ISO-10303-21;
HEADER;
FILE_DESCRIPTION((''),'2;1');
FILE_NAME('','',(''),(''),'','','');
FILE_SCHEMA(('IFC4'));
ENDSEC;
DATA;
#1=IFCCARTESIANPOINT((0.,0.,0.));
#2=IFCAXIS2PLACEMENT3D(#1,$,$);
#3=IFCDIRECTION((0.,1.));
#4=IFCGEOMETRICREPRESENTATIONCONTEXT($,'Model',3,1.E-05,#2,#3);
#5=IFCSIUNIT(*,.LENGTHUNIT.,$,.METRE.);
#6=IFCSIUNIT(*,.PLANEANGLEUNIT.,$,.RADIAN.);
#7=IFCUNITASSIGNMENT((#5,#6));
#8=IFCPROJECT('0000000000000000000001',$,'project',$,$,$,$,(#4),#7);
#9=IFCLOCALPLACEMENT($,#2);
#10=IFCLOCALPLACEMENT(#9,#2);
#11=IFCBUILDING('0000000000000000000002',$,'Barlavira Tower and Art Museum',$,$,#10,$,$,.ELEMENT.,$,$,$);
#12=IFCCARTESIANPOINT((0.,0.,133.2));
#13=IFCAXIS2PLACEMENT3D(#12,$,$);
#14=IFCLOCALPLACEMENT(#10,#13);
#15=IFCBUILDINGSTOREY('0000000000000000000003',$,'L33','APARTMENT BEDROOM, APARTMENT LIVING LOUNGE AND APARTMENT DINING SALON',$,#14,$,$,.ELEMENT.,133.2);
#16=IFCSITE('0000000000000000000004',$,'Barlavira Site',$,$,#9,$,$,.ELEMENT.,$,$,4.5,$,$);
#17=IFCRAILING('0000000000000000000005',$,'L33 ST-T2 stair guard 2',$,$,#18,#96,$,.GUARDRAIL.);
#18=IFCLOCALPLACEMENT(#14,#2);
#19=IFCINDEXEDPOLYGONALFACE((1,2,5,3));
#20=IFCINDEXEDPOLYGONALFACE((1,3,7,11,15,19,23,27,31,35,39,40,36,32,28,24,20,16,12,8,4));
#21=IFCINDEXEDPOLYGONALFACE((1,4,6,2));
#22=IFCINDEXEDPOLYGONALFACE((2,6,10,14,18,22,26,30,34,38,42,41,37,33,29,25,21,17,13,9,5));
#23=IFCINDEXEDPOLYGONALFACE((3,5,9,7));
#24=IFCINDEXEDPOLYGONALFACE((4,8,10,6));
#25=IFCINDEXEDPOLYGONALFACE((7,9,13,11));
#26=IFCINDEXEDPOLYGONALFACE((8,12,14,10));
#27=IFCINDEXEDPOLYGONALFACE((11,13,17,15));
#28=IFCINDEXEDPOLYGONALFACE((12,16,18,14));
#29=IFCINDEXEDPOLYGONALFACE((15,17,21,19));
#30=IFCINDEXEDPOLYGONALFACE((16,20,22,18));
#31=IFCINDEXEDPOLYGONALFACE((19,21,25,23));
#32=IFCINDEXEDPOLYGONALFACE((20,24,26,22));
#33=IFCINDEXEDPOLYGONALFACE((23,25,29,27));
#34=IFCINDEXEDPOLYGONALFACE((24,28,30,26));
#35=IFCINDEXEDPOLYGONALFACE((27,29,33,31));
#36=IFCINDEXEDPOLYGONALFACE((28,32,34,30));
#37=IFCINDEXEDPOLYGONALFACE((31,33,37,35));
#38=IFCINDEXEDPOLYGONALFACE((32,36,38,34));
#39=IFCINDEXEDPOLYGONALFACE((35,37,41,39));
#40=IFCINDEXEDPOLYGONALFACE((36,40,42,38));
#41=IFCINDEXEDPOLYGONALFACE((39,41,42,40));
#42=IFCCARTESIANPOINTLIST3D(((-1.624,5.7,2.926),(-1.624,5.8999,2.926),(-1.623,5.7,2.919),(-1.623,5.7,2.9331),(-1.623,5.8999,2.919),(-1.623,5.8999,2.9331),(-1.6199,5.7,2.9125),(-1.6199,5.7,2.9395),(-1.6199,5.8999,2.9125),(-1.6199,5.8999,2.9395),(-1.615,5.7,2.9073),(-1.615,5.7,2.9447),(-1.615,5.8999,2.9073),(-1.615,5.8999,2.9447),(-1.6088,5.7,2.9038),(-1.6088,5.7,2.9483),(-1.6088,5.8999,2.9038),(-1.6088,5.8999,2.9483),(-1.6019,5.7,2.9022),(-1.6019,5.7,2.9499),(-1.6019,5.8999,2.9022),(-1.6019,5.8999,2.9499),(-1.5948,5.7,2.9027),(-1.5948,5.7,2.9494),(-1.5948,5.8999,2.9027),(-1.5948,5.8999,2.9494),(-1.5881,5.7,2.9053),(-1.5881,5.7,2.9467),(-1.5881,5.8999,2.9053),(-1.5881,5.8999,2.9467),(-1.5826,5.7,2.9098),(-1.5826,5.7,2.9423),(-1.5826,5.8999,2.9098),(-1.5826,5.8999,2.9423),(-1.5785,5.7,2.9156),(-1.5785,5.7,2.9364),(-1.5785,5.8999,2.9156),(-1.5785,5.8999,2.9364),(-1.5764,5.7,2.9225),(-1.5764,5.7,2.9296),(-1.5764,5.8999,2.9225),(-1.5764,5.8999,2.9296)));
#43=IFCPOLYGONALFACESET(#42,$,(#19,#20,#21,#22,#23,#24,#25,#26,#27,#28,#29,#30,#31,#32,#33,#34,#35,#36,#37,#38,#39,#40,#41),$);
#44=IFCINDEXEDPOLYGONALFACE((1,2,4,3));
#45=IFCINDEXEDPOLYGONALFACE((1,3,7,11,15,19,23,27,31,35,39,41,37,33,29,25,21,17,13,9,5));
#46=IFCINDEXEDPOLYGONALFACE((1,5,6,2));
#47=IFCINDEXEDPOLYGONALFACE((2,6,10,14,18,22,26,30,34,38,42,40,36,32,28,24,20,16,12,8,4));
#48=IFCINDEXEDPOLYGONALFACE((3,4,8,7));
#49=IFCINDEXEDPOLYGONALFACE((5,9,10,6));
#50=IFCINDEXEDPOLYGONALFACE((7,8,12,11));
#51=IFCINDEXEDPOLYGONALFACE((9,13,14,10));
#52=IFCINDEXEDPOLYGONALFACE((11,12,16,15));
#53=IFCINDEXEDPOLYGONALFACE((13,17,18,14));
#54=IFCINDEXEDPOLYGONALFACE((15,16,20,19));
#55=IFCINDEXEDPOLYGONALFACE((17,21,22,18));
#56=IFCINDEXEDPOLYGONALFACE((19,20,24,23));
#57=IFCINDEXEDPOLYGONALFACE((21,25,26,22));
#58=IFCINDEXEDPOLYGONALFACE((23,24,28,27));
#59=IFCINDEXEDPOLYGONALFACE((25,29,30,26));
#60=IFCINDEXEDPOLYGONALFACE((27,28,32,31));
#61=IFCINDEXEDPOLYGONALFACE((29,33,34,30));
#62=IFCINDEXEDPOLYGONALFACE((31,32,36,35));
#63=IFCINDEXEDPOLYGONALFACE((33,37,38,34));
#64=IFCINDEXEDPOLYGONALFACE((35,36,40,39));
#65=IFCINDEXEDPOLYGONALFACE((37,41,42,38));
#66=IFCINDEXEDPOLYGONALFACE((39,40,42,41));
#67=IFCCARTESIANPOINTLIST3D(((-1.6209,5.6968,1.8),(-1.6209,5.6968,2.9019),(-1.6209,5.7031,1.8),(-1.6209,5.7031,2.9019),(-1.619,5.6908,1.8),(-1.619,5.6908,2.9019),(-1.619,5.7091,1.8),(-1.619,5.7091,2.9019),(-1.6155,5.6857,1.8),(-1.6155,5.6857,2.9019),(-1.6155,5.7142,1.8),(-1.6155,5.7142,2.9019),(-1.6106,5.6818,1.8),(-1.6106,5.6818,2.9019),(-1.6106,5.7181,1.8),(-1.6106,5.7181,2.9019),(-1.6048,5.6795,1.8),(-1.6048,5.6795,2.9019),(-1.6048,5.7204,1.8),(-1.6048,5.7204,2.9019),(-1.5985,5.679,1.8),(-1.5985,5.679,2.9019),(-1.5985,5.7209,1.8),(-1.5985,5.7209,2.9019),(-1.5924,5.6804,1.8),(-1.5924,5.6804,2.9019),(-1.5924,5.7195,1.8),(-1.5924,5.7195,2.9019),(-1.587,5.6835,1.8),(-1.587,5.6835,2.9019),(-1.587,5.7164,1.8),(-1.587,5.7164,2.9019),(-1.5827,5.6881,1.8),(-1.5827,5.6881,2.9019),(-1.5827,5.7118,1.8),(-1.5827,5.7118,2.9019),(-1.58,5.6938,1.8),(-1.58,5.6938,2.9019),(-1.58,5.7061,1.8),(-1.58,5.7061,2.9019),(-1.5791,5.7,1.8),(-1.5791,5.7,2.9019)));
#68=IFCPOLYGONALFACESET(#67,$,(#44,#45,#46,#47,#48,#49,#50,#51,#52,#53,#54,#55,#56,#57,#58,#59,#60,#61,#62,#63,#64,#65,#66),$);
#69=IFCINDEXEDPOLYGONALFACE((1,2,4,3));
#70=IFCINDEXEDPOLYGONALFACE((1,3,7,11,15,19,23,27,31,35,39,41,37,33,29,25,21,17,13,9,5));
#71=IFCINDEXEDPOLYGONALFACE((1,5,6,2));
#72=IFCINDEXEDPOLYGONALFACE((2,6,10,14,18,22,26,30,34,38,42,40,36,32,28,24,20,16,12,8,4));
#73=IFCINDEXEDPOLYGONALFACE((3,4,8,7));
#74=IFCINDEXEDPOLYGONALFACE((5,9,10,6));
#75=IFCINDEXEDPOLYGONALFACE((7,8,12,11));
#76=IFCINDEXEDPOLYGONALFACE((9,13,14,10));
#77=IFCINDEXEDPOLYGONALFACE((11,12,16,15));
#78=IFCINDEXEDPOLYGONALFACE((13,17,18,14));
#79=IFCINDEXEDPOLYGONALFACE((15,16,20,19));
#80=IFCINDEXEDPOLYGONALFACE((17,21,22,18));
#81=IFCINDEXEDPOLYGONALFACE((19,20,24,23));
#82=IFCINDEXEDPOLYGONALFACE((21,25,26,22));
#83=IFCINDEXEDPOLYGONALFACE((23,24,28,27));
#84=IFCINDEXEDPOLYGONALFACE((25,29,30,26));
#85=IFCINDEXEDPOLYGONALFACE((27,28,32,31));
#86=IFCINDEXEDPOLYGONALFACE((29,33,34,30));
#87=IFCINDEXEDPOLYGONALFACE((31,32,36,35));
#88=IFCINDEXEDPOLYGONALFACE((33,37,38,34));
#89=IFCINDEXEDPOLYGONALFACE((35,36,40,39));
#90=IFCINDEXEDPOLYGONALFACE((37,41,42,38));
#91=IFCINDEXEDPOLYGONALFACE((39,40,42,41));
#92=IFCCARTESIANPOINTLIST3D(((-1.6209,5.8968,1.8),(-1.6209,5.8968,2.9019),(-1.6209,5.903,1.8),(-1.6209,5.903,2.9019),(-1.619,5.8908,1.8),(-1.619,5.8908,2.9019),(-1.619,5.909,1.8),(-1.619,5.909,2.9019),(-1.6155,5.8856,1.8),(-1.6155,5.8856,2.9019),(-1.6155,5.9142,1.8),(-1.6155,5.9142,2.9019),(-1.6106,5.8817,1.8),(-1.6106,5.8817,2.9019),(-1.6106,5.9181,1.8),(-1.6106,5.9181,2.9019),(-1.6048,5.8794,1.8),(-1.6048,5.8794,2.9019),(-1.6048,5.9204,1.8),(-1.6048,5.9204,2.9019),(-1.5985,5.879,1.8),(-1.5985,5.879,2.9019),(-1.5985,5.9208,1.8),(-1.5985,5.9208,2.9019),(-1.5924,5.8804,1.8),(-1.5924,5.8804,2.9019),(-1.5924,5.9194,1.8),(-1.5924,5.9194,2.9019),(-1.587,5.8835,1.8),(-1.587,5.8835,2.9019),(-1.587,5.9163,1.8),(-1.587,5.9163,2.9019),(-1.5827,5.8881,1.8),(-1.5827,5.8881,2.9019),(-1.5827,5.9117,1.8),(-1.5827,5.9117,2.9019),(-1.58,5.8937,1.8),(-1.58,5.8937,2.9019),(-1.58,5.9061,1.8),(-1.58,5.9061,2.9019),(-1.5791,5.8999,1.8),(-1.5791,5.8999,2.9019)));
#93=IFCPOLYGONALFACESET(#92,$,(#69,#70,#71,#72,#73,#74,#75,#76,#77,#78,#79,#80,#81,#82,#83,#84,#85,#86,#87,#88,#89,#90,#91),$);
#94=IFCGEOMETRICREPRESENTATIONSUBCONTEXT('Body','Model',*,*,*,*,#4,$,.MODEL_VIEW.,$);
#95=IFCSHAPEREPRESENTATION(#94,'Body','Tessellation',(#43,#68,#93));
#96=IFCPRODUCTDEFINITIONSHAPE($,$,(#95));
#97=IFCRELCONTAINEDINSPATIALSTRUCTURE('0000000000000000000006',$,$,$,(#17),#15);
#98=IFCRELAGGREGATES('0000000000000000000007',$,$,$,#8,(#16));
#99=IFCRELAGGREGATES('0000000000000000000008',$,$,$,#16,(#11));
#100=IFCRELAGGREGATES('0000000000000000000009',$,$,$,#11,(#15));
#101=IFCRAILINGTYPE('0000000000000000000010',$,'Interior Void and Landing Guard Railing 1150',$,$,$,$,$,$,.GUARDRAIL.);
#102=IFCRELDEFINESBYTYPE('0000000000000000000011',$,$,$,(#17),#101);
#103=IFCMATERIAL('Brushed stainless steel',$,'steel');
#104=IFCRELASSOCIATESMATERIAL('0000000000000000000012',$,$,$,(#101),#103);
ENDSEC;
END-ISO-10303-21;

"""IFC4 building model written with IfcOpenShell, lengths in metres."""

from ifc_helpers import new_model, si_unit, direction, frame, origin, origin_2d, place, context, subcontext, project, spatial, circle, extrude, material, type_object, element, save


model = new_model("IFC4")

# Units and contexts
model_context = context("Model", 3, precision=1e-05, world=origin(), true_north=direction((0.0, 1.0)))
body_context = subcontext(model_context, "Body", "Model", "MODEL_VIEW")
ifc_project = project(units=[si_unit("LENGTHUNIT", "METRE"), si_unit("PLANEANGLEUNIT", "RADIAN")], contexts=[model_context])

# Site, building, storey
site_placement = place(None, origin())
site = spatial("IfcSite", under=ifc_project, at=site_placement, Name="Barlavira Site", CompositionType="ELEMENT", RefElevation=4.5)
building_placement = place(site_placement, origin())
building = spatial("IfcBuilding", under=site, at=building_placement, Name="Barlavira Tower and Art Museum", CompositionType="ELEMENT")
storey_placement = place(building_placement, frame((0.0, 0.0, 133.2)))
storey = spatial("IfcBuildingStorey", under=building, at=storey_placement, Name="L33", Description="APARTMENT BEDROOM, APARTMENT LIVING LOUNGE AND APARTMENT DINING SALON", CompositionType="ELEMENT", Elevation=133.2)

# Shared definitions
ifc_material_1 = material(Name="Brushed stainless steel", Category="steel")

# Railing
railing_type_1 = type_object("IfcRailingType", Name="Interior Void and Landing Guard Railing 1150", PredefinedType="GUARDRAIL", material=ifc_material_1)
railing_1_placement = place(storey_placement, frame((-1.6001, 5.7, 1.8)))
element("IfcRailing", 1, at=railing_1_placement, inside=storey, type_object=railing_type_1, Name="L33 ST-T2 stair guard 2", PredefinedType="GUARDRAIL", context=body_context, shape_type="SweptSolid", body=[
    extrude(circle(Radius=0.0239, at=origin_2d()), frame((0.0, 0.0, 1.126), z_axis=(0.0, 1.0, 0.0), x_axis=(-1.0, 0.0, 0.0)), (0.0, 0.0, 1.0), 0.2),
    extrude(circle(Radius=0.021, at=origin_2d()), origin(), (0.0, 0.0, 1.0), 1.1018),
    extrude(circle(Radius=0.021, at=origin_2d()), frame((0.0, 0.2, 0.0)), (0.0, 0.0, 1.0), 1.1018),
])

save(model, "model.ifc")
